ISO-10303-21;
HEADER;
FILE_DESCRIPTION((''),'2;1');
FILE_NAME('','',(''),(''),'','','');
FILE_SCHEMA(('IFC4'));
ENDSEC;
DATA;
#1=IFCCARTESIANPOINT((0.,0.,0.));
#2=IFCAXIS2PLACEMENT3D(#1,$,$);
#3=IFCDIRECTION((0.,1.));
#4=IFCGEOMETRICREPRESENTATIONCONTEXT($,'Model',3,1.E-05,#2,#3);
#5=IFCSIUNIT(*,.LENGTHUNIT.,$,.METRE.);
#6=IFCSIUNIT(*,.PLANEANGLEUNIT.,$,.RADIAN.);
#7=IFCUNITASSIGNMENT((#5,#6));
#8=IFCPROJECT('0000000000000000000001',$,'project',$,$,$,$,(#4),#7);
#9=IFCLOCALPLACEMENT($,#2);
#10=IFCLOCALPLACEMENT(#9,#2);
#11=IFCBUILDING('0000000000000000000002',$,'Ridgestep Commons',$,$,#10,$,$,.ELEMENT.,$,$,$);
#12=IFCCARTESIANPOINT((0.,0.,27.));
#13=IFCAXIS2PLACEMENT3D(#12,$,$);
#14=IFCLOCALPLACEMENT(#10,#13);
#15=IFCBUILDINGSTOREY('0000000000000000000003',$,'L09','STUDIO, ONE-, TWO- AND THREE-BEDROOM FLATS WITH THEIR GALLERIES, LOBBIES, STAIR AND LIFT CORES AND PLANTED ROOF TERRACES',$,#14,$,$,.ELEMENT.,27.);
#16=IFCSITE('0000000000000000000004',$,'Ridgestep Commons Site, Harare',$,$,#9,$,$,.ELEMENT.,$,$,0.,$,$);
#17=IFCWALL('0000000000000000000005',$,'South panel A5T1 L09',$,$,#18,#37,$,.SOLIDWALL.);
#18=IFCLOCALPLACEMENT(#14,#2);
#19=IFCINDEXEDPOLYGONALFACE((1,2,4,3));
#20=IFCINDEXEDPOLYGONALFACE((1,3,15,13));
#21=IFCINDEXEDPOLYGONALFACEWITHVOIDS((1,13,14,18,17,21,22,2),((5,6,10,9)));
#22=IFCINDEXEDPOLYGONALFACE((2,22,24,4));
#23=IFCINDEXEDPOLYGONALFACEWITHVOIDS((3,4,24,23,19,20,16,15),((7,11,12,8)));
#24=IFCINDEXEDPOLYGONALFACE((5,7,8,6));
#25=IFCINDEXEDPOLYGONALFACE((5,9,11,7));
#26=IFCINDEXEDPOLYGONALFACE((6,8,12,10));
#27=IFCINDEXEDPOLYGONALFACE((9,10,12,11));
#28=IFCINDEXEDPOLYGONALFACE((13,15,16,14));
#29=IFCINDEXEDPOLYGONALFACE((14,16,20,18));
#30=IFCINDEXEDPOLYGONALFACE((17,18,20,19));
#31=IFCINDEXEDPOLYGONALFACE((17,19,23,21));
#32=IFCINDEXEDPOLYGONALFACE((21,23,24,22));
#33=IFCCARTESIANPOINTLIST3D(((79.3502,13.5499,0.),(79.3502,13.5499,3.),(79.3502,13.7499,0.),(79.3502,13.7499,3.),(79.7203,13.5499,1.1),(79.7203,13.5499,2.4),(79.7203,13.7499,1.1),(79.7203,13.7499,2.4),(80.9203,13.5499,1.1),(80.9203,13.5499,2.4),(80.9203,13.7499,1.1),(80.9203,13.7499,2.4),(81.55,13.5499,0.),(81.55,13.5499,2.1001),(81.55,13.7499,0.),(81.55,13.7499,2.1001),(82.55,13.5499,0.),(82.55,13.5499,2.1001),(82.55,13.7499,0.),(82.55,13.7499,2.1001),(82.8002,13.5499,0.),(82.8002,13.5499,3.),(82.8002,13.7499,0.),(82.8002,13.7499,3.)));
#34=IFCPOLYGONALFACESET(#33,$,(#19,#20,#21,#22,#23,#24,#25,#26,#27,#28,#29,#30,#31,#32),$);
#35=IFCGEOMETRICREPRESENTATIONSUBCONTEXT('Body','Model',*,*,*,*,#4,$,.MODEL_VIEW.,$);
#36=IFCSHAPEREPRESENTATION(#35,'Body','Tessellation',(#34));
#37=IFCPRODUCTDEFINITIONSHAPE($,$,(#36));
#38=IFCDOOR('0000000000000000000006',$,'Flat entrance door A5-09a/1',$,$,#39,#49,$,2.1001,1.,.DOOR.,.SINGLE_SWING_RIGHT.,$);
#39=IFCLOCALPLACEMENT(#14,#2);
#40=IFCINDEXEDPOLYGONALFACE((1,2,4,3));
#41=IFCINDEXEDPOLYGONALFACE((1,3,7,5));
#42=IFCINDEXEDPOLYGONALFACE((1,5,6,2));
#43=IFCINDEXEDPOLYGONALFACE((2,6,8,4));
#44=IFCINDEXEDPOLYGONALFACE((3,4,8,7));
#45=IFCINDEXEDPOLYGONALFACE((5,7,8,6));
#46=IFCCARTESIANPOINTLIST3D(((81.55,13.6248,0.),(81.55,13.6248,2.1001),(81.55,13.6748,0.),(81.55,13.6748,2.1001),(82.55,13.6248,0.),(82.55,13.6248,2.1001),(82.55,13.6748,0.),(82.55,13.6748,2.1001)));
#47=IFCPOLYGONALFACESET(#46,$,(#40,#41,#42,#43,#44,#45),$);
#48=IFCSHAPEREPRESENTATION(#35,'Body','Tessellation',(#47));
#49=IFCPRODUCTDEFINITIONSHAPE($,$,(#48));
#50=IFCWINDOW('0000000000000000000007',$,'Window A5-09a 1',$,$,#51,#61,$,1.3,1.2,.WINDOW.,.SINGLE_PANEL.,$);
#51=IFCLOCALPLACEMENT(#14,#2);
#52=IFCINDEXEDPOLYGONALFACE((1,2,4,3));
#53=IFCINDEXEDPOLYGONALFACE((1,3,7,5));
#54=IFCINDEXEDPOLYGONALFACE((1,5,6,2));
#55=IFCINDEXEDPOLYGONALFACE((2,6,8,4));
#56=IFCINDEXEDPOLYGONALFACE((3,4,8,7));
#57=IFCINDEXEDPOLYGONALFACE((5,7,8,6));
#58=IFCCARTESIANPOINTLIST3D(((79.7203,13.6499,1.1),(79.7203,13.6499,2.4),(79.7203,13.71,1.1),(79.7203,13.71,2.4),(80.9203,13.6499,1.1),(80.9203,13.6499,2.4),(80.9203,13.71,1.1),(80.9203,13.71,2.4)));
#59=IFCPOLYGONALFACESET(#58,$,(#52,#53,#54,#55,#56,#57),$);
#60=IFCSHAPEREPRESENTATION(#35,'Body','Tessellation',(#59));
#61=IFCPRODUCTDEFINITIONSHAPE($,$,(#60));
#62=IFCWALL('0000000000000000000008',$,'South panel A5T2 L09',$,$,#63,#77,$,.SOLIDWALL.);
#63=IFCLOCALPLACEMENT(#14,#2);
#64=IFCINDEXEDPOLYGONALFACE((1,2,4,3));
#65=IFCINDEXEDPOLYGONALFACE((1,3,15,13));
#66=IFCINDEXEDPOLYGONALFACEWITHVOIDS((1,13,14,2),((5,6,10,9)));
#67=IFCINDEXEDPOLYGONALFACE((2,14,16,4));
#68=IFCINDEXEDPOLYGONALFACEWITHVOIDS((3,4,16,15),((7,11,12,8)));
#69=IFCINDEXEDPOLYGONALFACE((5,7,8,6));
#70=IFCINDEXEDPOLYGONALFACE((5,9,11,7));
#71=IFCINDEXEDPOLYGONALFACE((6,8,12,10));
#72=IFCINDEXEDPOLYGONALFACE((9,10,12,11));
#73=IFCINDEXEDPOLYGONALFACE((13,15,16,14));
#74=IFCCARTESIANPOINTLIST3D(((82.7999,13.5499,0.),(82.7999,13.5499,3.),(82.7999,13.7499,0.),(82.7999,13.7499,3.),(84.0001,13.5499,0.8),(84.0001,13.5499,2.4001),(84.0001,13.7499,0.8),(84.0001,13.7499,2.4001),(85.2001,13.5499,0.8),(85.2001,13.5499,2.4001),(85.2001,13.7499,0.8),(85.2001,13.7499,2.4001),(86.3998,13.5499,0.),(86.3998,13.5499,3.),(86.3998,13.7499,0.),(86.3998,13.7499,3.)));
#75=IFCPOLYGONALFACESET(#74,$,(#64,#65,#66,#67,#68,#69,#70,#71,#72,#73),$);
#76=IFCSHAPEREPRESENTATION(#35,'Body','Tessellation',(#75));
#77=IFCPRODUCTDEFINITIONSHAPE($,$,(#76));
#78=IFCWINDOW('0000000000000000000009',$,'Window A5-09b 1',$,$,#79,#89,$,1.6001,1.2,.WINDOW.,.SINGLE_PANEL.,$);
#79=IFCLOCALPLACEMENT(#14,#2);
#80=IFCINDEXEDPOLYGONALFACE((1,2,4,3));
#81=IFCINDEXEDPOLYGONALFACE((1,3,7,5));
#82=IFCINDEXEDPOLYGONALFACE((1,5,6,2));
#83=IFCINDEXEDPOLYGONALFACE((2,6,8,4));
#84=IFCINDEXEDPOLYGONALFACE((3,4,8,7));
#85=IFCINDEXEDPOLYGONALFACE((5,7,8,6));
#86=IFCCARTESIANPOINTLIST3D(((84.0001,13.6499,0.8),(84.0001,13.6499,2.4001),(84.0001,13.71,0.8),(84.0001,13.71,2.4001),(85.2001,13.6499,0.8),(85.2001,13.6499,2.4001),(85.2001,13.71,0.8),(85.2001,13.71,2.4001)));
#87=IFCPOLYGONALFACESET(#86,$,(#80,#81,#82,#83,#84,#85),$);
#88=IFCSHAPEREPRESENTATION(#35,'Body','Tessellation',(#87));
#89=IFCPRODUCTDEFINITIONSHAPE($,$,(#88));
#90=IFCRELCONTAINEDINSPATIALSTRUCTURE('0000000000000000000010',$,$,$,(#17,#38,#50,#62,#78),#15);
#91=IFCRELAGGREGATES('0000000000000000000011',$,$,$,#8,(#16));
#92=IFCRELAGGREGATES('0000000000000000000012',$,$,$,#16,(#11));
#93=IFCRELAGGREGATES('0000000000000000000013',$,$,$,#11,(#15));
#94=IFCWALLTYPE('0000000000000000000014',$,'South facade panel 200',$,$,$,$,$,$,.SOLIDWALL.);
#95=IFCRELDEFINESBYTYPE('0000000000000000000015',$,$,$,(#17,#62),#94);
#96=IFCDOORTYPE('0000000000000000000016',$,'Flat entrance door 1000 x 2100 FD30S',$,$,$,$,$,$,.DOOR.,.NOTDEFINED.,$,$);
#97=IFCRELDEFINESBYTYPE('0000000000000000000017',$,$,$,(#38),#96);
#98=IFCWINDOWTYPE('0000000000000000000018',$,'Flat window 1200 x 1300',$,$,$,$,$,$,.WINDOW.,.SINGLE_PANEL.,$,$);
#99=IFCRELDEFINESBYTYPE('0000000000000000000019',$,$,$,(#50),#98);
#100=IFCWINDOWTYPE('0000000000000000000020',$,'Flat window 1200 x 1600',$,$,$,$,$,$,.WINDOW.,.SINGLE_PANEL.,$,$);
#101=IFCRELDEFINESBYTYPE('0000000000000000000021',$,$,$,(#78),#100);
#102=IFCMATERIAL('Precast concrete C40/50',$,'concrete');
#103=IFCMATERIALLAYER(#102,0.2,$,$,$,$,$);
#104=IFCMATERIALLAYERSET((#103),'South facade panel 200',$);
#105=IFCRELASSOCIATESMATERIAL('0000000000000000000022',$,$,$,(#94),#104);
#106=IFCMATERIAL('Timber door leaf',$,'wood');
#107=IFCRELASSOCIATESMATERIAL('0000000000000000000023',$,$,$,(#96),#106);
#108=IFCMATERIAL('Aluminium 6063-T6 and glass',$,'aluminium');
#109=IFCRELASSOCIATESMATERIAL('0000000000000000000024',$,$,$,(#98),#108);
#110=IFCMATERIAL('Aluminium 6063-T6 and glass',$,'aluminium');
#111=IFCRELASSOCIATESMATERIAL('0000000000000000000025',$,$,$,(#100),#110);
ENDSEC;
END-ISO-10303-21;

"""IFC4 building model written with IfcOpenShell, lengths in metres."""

from ifc_helpers import new_model, si_unit, direction, frame, frame_2d, origin, place, context, subcontext, project, spatial, rectangle, extrude, material, layer, layer_set, type_object, element, fill, save


model = new_model("IFC4")

# Units and contexts
model_context = context("Model", 3, precision=1e-05, world=origin(), true_north=direction((0.0, 1.0)))
body_context = subcontext(model_context, "Body", "Model", "MODEL_VIEW")
ifc_project = project(units=[si_unit("LENGTHUNIT", "METRE"), si_unit("PLANEANGLEUNIT", "RADIAN")], contexts=[model_context])

# Site, building, storey
site_placement = place(None, origin())
site = spatial("IfcSite", under=ifc_project, at=site_placement, Name="Ridgestep Commons Site, Harare", CompositionType="ELEMENT", RefElevation=0.0)
building_placement = place(site_placement, origin())
building = spatial("IfcBuilding", under=site, at=building_placement, Name="Ridgestep Commons", CompositionType="ELEMENT")
storey_placement = place(building_placement, frame((0.0, 0.0, 27.0)))
storey = spatial("IfcBuildingStorey", under=building, at=storey_placement, Name="L09", Description="STUDIO, ONE-, TWO- AND THREE-BEDROOM FLATS WITH THEIR GALLERIES, LOBBIES, STAIR AND LIFT CORES AND PLANTED ROOF TERRACES", CompositionType="ELEMENT", Elevation=27.0)

# Wall, openings, door, window
ifc_material_1 = material(Name="Precast concrete C40/50", Category="concrete")
ifc_layer_1 = layer(ifc_material_1, 0.2)
ifc_layer_set_1 = layer_set([ifc_layer_1], Name="South facade panel 200")
wall_type_1 = type_object("IfcWallType", Name="South facade panel 200", PredefinedType="SOLIDWALL", material=ifc_layer_set_1)
wall_1_placement = place(storey_placement, frame((79.3501, 13.6499, 0.0), z_axis=(0.0, 0.0, 1.0), x_axis=(1.0, 0.0, 0.0)))
wall_1 = element("IfcWall", 1, at=wall_1_placement, inside=storey, type_object=wall_type_1, Name="South panel A5T1 L09", PredefinedType="SOLIDWALL", context=body_context, shape_type="SweptSolid", body=[
    extrude(rectangle(XDim=3.45, YDim=0.2, at=frame_2d((1.7251, 0.0))), origin(), (0.0, 0.0, 1.0), 3.0),
])
opening_1_placement = place(wall_1_placement, frame((0.3701, 0.0, 1.1001)))
opening_1 = element("IfcOpeningElement", 2, at=opening_1_placement, cuts=wall_1, PredefinedType="OPENING", context=body_context, shape_type="SweptSolid", body=[
    extrude(rectangle(XDim=1.2, YDim=1.3, at=frame_2d((0.6001, 0.6499))), frame((0.0, 0.1099, 0.0), z_axis=(0.0, -1.0, 0.0), x_axis=(1.0, 0.0, 0.0)), (0.0, 0.0, 1.0), 0.22),
])
opening_2_placement = place(wall_1_placement, frame((2.2, 0.0, 0.0)))
opening_2 = element("IfcOpeningElement", 3, at=opening_2_placement, cuts=wall_1, PredefinedType="OPENING", context=body_context, shape_type="SweptSolid", body=[
    extrude(rectangle(XDim=1.0, YDim=2.1001, at=frame_2d((0.5, 1.05))), frame((0.0, 0.1099, 0.0), z_axis=(0.0, -1.0, 0.0), x_axis=(1.0, 0.0, 0.0)), (0.0, 0.0, 1.0), 0.22),
])
ifc_material_2 = material(Name="Timber door leaf", Category="wood")
door_type_1 = type_object("IfcDoorType", Name="Flat entrance door 1000 x 2100 FD30S", OperationType="NOTDEFINED", PredefinedType="DOOR", material=ifc_material_2)
door_1_placement = place(opening_2_placement, origin())
door_1 = element("IfcDoor", 4, at=door_1_placement, inside=storey, type_object=door_type_1, Name="Flat entrance door A5-09a/1", OperationType="SINGLE_SWING_RIGHT", OverallHeight=2.1001, OverallWidth=1.0, PredefinedType="DOOR", context=body_context, shape_type="SweptSolid", body=[
    extrude(rectangle(XDim=1.0, YDim=2.1001, at=frame_2d((0.5, 1.05))), frame((0.0, 0.0249, 0.0), z_axis=(0.0, -1.0, 0.0), x_axis=(1.0, 0.0, 0.0)), (0.0, 0.0, 1.0), 0.05),
])
fill(opening_2, door_1)
ifc_material_3 = material(Name="Aluminium 6063-T6 and glass", Category="aluminium")
window_type_1 = type_object("IfcWindowType", Name="Flat window 1200 x 1300", PartitioningType="SINGLE_PANEL", PredefinedType="WINDOW", material=ifc_material_3)
window_1_placement = place(opening_1_placement, origin())
window_1 = element("IfcWindow", 5, at=window_1_placement, inside=storey, type_object=window_type_1, Name="Window A5-09a 1", OverallHeight=1.3, OverallWidth=1.2, PartitioningType="SINGLE_PANEL", PredefinedType="WINDOW", context=body_context, shape_type="SweptSolid", body=[
    extrude(rectangle(XDim=1.2, YDim=1.3, at=frame_2d((0.6001, 0.6499))), frame((0.0, 0.0601, 0.0), z_axis=(0.0, -1.0, 0.0), x_axis=(1.0, 0.0, 0.0)), (0.0, 0.0, 1.0), 0.0601),
])
fill(opening_1, window_1)

# Wall, opening, window
wall_2_placement = place(storey_placement, frame((82.8, 13.6499, 0.0), z_axis=(0.0, 0.0, 1.0), x_axis=(1.0, 0.0, 0.0)))
wall_2 = element("IfcWall", 6, at=wall_2_placement, inside=storey, type_object=wall_type_1, Name="South panel A5T2 L09", PredefinedType="SOLIDWALL", context=body_context, shape_type="SweptSolid", body=[
    extrude(rectangle(XDim=3.5999, YDim=0.2, at=frame_2d((1.7998, 0.0))), origin(), (0.0, 0.0, 1.0), 3.0),
])
opening_3_placement = place(wall_2_placement, frame((1.2, 0.0, 0.8)))
opening_3 = element("IfcOpeningElement", 7, at=opening_3_placement, cuts=wall_2, PredefinedType="OPENING", context=body_context, shape_type="SweptSolid", body=[
    extrude(rectangle(XDim=1.2, YDim=1.6001, at=frame_2d((0.6001, 0.8))), frame((0.0, 0.1099, 0.0), z_axis=(0.0, -1.0, 0.0), x_axis=(1.0, 0.0, 0.0)), (0.0, 0.0, 1.0), 0.22),
])
ifc_material_4 = material(Name="Aluminium 6063-T6 and glass", Category="aluminium")
window_type_2 = type_object("IfcWindowType", Name="Flat window 1200 x 1600", PartitioningType="SINGLE_PANEL", PredefinedType="WINDOW", material=ifc_material_4)
window_2_placement = place(opening_3_placement, origin())
window_2 = element("IfcWindow", 8, at=window_2_placement, inside=storey, type_object=window_type_2, Name="Window A5-09b 1", OverallHeight=1.6001, OverallWidth=1.2, PartitioningType="SINGLE_PANEL", PredefinedType="WINDOW", context=body_context, shape_type="SweptSolid", body=[
    extrude(rectangle(XDim=1.2, YDim=1.6001, at=frame_2d((0.6001, 0.8))), frame((0.0, 0.0601, 0.0), z_axis=(0.0, -1.0, 0.0), x_axis=(1.0, 0.0, 0.0)), (0.0, 0.0, 1.0), 0.0601),
])
fill(opening_3, window_2)

save(model, "model.ifc")
